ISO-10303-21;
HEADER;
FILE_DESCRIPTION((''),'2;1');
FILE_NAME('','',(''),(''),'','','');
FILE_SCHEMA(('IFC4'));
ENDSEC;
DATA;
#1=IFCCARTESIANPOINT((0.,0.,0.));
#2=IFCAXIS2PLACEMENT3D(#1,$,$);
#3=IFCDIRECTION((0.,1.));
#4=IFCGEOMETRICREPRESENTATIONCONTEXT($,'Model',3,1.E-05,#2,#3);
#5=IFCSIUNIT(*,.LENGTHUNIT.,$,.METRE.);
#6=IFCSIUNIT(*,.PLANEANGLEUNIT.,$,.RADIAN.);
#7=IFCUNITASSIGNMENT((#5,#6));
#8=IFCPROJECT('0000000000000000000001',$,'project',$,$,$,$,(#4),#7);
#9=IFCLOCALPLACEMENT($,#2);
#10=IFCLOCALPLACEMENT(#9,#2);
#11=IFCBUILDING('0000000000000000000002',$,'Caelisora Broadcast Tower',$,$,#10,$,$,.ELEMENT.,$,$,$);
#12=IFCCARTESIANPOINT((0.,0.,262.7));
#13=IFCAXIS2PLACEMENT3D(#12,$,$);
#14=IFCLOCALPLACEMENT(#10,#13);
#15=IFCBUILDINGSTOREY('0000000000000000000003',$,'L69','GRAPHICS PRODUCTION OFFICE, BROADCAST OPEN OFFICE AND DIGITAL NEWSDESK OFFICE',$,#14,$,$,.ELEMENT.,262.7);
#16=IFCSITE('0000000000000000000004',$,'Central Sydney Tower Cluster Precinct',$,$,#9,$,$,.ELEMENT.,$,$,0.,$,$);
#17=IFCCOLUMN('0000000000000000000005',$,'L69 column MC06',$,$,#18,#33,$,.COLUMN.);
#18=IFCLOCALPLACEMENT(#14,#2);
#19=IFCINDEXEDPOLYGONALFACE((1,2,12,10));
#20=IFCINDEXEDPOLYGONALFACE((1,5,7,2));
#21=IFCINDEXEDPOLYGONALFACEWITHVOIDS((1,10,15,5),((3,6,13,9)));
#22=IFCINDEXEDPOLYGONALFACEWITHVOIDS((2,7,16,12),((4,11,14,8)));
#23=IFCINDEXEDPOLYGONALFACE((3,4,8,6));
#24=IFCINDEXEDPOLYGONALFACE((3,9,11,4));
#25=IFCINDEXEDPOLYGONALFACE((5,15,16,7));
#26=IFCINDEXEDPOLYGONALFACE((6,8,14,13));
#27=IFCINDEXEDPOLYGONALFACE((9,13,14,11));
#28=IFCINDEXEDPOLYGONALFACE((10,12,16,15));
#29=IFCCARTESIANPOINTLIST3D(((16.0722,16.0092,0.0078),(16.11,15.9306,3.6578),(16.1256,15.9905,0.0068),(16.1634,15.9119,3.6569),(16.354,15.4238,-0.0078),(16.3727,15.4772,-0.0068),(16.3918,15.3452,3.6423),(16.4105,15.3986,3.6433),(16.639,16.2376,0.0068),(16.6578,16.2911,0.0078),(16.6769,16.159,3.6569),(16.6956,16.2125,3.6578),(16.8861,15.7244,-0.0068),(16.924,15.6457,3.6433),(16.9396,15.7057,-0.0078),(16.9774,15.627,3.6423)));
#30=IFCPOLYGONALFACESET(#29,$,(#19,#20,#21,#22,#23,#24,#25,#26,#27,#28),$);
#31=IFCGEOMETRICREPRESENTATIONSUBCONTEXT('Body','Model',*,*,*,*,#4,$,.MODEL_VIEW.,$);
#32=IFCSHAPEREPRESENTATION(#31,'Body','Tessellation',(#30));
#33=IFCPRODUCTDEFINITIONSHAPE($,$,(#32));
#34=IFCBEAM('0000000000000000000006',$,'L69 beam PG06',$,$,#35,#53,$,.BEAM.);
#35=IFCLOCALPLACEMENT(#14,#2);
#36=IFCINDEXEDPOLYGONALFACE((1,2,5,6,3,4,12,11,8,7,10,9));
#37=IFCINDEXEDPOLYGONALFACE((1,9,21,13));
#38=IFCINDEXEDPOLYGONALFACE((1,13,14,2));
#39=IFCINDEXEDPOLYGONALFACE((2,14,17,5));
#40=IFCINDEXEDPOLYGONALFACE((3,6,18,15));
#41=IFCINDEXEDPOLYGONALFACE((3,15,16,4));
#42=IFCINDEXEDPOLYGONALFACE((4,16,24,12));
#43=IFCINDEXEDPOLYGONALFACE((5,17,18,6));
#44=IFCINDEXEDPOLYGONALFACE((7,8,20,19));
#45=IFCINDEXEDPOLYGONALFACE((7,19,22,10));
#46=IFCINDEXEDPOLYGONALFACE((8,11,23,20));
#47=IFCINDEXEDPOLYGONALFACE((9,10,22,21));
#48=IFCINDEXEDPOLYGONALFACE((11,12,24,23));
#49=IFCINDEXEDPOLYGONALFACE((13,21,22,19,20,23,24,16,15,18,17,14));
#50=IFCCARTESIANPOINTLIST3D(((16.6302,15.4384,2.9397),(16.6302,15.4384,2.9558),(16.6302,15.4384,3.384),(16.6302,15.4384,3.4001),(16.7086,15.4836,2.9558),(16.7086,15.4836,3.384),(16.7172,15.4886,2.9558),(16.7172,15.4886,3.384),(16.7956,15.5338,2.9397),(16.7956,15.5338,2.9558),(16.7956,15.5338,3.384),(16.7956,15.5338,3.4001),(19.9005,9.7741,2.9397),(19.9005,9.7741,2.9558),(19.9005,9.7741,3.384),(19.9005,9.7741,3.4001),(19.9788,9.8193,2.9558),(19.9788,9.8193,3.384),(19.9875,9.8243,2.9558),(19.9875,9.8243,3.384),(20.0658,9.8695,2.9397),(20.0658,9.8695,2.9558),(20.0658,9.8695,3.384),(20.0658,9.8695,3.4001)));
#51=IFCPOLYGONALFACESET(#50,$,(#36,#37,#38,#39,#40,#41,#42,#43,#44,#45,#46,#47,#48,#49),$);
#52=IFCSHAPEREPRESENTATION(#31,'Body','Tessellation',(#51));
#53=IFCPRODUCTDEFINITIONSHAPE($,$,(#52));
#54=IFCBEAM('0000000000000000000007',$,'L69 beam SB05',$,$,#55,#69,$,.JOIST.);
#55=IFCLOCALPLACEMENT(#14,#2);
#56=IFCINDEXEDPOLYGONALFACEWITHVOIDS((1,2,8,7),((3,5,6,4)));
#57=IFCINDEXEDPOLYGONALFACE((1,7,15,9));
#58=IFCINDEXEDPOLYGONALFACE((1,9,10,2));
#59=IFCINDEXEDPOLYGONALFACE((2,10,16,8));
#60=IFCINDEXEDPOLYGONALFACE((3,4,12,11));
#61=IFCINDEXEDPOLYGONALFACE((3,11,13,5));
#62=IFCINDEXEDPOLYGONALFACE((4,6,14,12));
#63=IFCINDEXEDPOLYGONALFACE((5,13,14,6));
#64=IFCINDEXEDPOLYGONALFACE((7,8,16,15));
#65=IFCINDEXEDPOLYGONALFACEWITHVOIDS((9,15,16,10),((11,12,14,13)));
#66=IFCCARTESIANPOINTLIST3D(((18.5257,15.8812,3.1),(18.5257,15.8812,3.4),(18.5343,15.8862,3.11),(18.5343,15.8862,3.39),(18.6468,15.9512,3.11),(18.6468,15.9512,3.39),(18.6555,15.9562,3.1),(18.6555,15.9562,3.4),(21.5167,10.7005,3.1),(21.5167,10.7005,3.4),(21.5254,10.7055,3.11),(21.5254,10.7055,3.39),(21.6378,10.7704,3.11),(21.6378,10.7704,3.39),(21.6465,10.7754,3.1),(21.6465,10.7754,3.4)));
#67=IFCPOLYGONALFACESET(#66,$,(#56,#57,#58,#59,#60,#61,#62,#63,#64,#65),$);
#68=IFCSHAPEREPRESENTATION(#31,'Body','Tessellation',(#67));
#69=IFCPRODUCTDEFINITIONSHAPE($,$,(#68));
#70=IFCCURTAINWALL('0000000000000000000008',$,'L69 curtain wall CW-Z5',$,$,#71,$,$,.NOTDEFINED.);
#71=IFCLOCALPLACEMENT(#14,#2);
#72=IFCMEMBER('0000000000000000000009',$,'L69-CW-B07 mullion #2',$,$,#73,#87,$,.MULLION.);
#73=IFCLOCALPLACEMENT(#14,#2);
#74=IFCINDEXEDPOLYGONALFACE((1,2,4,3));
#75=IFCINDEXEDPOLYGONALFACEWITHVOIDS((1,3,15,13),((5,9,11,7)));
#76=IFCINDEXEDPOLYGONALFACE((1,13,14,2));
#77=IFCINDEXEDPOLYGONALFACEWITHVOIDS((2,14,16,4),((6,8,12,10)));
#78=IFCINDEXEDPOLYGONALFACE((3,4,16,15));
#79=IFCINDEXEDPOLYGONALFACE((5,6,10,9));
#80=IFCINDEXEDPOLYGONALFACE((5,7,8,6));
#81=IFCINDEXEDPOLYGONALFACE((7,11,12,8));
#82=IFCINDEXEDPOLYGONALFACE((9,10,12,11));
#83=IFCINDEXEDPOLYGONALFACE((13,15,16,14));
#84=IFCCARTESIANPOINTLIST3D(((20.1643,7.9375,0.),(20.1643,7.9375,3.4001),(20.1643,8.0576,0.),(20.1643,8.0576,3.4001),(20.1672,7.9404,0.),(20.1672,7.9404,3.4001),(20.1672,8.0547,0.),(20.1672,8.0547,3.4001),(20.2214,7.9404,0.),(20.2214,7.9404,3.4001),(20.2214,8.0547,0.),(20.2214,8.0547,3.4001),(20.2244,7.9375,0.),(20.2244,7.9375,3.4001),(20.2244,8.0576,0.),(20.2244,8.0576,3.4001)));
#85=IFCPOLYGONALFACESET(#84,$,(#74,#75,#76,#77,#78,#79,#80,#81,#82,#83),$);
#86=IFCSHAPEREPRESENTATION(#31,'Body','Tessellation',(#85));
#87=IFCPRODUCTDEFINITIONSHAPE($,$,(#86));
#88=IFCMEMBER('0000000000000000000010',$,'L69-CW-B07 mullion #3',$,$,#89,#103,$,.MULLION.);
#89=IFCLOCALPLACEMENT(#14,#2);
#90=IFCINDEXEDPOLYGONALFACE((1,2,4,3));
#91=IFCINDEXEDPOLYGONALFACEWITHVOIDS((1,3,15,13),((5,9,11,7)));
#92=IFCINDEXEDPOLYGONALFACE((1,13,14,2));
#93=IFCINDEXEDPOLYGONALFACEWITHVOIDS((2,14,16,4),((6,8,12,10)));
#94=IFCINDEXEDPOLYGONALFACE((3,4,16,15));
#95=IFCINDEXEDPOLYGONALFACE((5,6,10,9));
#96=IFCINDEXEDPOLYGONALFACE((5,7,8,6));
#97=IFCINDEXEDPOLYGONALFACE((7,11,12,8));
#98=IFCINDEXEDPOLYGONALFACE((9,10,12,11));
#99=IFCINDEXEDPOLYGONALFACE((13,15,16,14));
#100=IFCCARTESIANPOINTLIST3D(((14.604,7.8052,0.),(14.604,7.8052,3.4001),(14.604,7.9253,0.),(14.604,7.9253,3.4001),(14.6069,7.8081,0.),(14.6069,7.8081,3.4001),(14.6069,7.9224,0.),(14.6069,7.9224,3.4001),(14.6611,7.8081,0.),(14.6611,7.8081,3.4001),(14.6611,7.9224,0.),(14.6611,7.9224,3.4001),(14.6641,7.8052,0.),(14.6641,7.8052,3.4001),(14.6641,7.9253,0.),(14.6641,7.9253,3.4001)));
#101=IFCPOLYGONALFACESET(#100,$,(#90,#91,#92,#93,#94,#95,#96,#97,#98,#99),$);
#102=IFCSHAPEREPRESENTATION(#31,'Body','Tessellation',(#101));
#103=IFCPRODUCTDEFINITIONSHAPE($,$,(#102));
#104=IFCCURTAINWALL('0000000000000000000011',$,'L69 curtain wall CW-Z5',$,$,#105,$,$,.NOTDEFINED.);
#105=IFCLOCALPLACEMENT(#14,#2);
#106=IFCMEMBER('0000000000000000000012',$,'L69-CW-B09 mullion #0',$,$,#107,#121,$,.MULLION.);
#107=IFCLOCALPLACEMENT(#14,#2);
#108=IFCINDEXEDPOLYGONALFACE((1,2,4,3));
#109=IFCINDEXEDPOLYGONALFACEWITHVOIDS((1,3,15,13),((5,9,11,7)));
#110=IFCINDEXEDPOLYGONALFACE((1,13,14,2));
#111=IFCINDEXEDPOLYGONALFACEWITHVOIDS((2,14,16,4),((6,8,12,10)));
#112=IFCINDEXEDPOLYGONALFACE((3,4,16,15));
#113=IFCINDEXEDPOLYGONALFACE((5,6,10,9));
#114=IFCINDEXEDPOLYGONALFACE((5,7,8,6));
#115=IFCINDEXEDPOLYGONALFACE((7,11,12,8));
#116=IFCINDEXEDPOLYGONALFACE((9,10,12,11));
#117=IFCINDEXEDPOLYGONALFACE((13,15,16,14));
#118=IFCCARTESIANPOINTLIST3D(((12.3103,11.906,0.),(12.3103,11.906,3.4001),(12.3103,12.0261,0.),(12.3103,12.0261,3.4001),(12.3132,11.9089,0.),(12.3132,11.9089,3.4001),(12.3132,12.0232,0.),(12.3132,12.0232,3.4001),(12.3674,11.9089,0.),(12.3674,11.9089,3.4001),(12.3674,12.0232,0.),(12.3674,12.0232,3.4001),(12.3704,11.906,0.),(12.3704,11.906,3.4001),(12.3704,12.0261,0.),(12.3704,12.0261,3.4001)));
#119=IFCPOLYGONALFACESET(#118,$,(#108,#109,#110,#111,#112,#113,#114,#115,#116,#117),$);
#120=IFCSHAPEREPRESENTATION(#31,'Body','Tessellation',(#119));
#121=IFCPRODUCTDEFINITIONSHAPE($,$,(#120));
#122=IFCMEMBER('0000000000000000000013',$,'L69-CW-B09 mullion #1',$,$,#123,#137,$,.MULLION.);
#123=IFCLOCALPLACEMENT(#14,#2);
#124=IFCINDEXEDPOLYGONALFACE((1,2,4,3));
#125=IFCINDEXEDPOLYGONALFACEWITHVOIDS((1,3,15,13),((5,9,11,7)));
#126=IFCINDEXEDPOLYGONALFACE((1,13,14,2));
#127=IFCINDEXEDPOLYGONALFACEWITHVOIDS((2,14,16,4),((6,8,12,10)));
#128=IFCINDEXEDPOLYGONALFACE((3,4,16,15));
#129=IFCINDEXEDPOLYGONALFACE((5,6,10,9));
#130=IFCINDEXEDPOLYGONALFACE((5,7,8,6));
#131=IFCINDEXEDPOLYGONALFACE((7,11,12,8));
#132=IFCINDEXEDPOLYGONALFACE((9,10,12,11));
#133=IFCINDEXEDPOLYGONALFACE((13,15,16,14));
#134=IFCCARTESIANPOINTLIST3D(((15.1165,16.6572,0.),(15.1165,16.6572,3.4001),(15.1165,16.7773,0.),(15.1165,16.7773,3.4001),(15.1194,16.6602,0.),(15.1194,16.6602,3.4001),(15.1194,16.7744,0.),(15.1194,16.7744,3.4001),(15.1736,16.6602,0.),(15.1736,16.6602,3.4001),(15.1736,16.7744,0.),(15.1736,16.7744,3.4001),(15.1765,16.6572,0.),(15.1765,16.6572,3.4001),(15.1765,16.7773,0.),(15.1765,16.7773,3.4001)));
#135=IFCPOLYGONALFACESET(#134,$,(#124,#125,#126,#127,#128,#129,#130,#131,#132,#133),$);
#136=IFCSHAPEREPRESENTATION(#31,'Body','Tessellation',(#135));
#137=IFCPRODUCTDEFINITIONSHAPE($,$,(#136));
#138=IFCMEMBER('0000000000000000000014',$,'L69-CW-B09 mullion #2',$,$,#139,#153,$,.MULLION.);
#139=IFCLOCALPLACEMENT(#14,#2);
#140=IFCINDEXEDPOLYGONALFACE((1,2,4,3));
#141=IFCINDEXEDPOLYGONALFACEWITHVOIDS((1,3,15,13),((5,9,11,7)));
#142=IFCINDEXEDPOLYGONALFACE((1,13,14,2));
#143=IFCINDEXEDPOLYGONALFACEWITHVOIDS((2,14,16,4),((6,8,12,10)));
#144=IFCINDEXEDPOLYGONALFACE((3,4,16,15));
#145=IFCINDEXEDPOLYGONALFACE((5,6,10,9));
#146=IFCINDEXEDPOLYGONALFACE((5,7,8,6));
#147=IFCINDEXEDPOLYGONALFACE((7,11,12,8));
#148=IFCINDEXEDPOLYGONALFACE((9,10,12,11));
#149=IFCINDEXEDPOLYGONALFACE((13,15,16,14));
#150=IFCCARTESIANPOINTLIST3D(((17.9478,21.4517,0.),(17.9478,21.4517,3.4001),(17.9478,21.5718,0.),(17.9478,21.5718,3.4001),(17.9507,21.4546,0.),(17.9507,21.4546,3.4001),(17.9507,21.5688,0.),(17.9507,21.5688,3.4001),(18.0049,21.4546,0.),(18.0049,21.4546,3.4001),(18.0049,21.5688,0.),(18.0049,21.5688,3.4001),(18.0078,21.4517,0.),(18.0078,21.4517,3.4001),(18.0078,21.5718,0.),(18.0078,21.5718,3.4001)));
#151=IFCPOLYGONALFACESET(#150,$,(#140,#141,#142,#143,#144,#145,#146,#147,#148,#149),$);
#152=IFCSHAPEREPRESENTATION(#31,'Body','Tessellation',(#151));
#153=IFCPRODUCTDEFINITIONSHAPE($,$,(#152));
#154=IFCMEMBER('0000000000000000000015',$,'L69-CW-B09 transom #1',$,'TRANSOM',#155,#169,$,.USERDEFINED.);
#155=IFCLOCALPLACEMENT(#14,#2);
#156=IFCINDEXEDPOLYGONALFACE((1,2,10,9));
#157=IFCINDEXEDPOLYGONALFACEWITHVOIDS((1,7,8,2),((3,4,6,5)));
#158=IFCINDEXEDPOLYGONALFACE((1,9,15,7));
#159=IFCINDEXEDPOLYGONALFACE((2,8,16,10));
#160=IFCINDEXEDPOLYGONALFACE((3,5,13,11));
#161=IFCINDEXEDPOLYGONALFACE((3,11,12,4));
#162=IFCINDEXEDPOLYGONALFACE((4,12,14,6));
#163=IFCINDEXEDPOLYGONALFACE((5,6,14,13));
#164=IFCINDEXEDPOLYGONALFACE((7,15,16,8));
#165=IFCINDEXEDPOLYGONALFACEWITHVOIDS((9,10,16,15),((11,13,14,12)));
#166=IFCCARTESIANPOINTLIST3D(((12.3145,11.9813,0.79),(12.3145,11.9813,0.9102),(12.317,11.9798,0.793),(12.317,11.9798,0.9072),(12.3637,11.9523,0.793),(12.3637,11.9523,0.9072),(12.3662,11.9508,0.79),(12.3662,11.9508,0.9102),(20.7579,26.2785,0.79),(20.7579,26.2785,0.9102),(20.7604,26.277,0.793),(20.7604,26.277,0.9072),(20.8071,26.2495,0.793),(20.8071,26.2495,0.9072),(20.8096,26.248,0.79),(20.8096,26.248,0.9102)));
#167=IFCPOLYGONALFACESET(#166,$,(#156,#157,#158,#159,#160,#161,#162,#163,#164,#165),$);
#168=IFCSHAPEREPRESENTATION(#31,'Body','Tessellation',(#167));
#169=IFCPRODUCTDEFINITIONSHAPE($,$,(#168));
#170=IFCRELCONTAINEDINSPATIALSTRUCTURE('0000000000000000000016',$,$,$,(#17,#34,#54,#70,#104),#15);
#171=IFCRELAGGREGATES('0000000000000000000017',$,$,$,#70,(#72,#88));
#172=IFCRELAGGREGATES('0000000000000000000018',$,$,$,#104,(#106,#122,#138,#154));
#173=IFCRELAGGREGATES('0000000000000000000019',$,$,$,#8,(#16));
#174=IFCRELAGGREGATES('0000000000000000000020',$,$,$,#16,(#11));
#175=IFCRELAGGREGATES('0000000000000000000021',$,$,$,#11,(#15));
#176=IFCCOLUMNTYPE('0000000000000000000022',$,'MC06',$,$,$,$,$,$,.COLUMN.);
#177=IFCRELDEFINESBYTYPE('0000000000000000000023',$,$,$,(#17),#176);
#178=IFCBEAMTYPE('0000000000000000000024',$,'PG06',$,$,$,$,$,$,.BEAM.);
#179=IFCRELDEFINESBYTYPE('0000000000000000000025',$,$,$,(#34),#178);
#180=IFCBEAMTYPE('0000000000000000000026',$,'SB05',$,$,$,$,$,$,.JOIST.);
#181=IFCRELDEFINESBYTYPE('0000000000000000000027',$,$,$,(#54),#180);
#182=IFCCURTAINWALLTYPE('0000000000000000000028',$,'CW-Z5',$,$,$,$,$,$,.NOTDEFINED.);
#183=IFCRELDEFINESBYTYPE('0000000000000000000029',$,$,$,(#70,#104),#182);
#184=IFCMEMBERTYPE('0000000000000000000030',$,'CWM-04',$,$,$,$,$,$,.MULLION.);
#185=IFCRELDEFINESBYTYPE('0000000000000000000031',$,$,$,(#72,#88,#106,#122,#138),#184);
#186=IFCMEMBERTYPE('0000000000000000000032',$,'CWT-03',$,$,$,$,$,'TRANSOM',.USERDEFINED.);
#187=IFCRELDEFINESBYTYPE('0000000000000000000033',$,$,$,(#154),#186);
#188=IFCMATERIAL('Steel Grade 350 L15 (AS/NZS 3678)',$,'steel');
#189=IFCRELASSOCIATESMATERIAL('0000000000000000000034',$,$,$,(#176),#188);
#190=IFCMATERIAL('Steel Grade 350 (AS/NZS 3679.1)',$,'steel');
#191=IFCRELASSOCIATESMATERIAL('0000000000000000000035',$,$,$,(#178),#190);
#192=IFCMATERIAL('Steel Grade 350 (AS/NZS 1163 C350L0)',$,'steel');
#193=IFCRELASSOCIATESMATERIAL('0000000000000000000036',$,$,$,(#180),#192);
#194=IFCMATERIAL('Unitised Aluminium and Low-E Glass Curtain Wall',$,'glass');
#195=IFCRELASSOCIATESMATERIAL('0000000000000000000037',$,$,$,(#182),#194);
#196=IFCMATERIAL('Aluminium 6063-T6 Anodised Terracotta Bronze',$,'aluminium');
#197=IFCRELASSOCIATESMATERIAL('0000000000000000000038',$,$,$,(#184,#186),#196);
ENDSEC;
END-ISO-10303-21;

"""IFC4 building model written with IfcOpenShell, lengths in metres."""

from ifc_helpers import new_model, si_unit, direction, frame, origin, origin_2d, place, context, subcontext, project, spatial, hollow_rectangle, i_section, extrude, source, transform, mapped, material, material_profile, profile_set, type_object, type_shapes, element, aggregate, save


model = new_model("IFC4")

# Units and contexts
model_context = context("Model", 3, precision=1e-05, world=origin(), true_north=direction((0.0, 1.0)))
body_context = subcontext(model_context, "Body", "Model", "MODEL_VIEW")
ifc_project = project(units=[si_unit("LENGTHUNIT", "METRE"), si_unit("PLANEANGLEUNIT", "RADIAN")], contexts=[model_context])

# Site, building, storey
site_placement = place(None, origin())
site = spatial("IfcSite", under=ifc_project, at=site_placement, Name="Central Sydney Tower Cluster Precinct", CompositionType="ELEMENT", RefElevation=0.0)
building_placement = place(site_placement, origin())
building = spatial("IfcBuilding", under=site, at=building_placement, Name="Caelisora Broadcast Tower", CompositionType="ELEMENT")
storey_placement = place(building_placement, frame((0.0, 0.0, 262.7)))
storey = spatial("IfcBuildingStorey", under=building, at=storey_placement, Name="L69", Description="GRAPHICS PRODUCTION OFFICE, BROADCAST OPEN OFFICE AND DIGITAL NEWSDESK OFFICE", CompositionType="ELEMENT", Elevation=262.7)

# Column
ifc_material_1 = material(Name="Steel Grade 350 L15 (AS/NZS 3678)", Category="steel")
ifc_material_profile_1 = material_profile(ifc_material_1, hollow_rectangle(XDim=0.6499, YDim=0.6499, WallThickness=0.04, at=origin_2d()), Name="Steel Grade 350 L15 (AS/NZS 3678)")
ifc_profile_set_1 = profile_set([ifc_material_profile_1], Name="Steel Grade 350 L15 (AS/NZS 3678)")
column_type = type_object("IfcColumnType", Name="MC06", PredefinedType="COLUMN", material=ifc_profile_set_1)
shared_shape_1 = source(origin(), body_context, "Body", "SweptSolid", [
    extrude(hollow_rectangle(XDim=0.6499, YDim=0.6499, WallThickness=0.04, at=origin_2d()), origin(), (0.0, 0.0, 1.0), 3.6511),
])
type_shapes(column_type, [shared_shape_1])
column_placement = place(storey_placement, frame((16.5059, 15.8574, 0.0), z_axis=(0.010364, -0.021531, 0.999714), x_axis=(0.901042, 0.433731, 0.0)))
element("IfcColumn", 1, at=column_placement, inside=storey, type_object=column_type, Name="L69 column MC06", PredefinedType="COLUMN", context=body_context, shape_type="MappedRepresentation", body=[
    mapped(shared_shape_1, transform((0.0, 0.0, 0.0), scale=1.0)),
])

# Beams
ifc_material_2 = material(Name="Steel Grade 350 (AS/NZS 3679.1)", Category="steel")
ifc_material_profile_2 = material_profile(ifc_material_2, i_section(OverallWidth=0.1909, OverallDepth=0.4604, WebThickness=0.01, FlangeThickness=0.0161, at=origin_2d()), Name="Steel Grade 350 (AS/NZS 3679.1)")
ifc_profile_set_2 = profile_set([ifc_material_profile_2], Name="Steel Grade 350 (AS/NZS 3679.1)")
beam_type_1 = type_object("IfcBeamType", Name="PG06", PredefinedType="BEAM", material=ifc_profile_set_2)
shared_shape_2 = source(origin(), body_context, "Body", "SweptSolid", [
    extrude(i_section(OverallWidth=0.1909, OverallDepth=0.4604, WebThickness=0.01, FlangeThickness=0.0161, at=origin_2d()), origin(), (0.0, 0.0, 1.0), 6.5405),
])
type_shapes(beam_type_1, [shared_shape_2])
beam_1_placement = place(storey_placement, frame((16.7129, 15.4861, 3.1699), z_axis=(0.499997, -0.866027, 0.0), x_axis=(0.866027, 0.499997, 0.0)))
element("IfcBeam", 2, at=beam_1_placement, inside=storey, type_object=beam_type_1, Name="L69 beam PG06", PredefinedType="BEAM", context=body_context, shape_type="MappedRepresentation", body=[
    mapped(shared_shape_2, transform((0.0, 0.0, 0.0), scale=1.0)),
])
ifc_material_3 = material(Name="Steel Grade 350 (AS/NZS 1163 C350L0)", Category="steel")
ifc_material_profile_3 = material_profile(ifc_material_3, hollow_rectangle(XDim=0.1499, YDim=0.3, WallThickness=0.01, at=origin_2d()), Name="Steel Grade 350 (AS/NZS 1163 C350L0)")
ifc_profile_set_3 = profile_set([ifc_material_profile_3], Name="Steel Grade 350 (AS/NZS 1163 C350L0)")
beam_type_2 = type_object("IfcBeamType", Name="SB05", PredefinedType="JOIST", material=ifc_profile_set_3)
shared_shape_3 = source(origin(), body_context, "Body", "SweptSolid", [
    extrude(hollow_rectangle(XDim=0.1499, YDim=0.3, WallThickness=0.01, at=origin_2d()), origin(), (0.0, 0.0, 1.0), 5.9822),
])
type_shapes(beam_type_2, [shared_shape_3])
beam_2_placement = place(storey_placement, frame((18.5906, 15.9187, 3.25), z_axis=(0.499989, -0.866032, 0.0), x_axis=(0.866032, 0.499989, 0.0)))
element("IfcBeam", 3, at=beam_2_placement, inside=storey, type_object=beam_type_2, Name="L69 beam SB05", PredefinedType="JOIST", context=body_context, shape_type="MappedRepresentation", body=[
    mapped(shared_shape_3, transform((0.0, 0.0, 0.0), scale=1.0)),
])

# Curtain walls, members
ifc_material_4 = material(Name="Unitised Aluminium and Low-E Glass Curtain Wall", Category="glass")
curtain_wall_type = type_object("IfcCurtainWallType", Name="CW-Z5", PredefinedType="NOTDEFINED", material=ifc_material_4)
curtain_wall_1_placement = place(storey_placement, origin())
curtain_wall_1 = element("IfcCurtainWall", 4, at=curtain_wall_1_placement, inside=storey, type_object=curtain_wall_type, Name="L69 curtain wall CW-Z5", PredefinedType="NOTDEFINED")
ifc_material_5 = material(Name="Aluminium 6063-T6 Anodised Terracotta Bronze", Category="aluminium")
ifc_material_profile_4 = material_profile(ifc_material_5, hollow_rectangle(XDim=0.0601, YDim=0.1201, WallThickness=0.0029, at=origin_2d()), Name="Aluminium 6063-T6 Anodised Terracotta Bronze")
ifc_profile_set_4 = profile_set([ifc_material_profile_4], Name="Aluminium 6063-T6 Anodised Terracotta Bronze")
member_type_1 = type_object("IfcMemberType", Name="CWM-04", PredefinedType="MULLION", material=ifc_profile_set_4)
shared_shape_4 = source(origin(), body_context, "Body", "SweptSolid", [
    extrude(hollow_rectangle(XDim=0.0601, YDim=0.1201, WallThickness=0.0029, at=origin_2d()), origin(), (0.0, 0.0, 1.0), 3.4001),
])
type_shapes(member_type_1, [shared_shape_4])
member_1_placement = place(storey_placement, frame((20.1943, 7.9976, 0.0), z_axis=(0.0, 0.0, 1.0), x_axis=(1.0, 0.0, 0.0)))
member_1 = element("IfcMember", 5, at=member_1_placement, type_object=member_type_1, Name="L69-CW-B07 mullion #2", PredefinedType="MULLION", context=body_context, shape_type="MappedRepresentation", body=[
    mapped(shared_shape_4, transform((0.0, 0.0, 0.0), scale=1.0)),
])
member_2_placement = place(storey_placement, frame((14.634, 7.8652, 0.0), z_axis=(0.0, 0.0, 1.0), x_axis=(1.0, 0.0, 0.0)))
member_2 = element("IfcMember", 6, at=member_2_placement, type_object=member_type_1, Name="L69-CW-B07 mullion #3", PredefinedType="MULLION", context=body_context, shape_type="MappedRepresentation", body=[
    mapped(shared_shape_4, transform((0.0, 0.0, 0.0), scale=1.0)),
])
curtain_wall_2_placement = place(storey_placement, origin())
curtain_wall_2 = element("IfcCurtainWall", 7, at=curtain_wall_2_placement, inside=storey, type_object=curtain_wall_type, Name="L69 curtain wall CW-Z5", PredefinedType="NOTDEFINED")
member_3_placement = place(storey_placement, frame((12.3403, 11.9661, 0.0), z_axis=(0.0, 0.0, 1.0), x_axis=(1.0, 0.0, 0.0)))
member_3 = element("IfcMember", 8, at=member_3_placement, type_object=member_type_1, Name="L69-CW-B09 mullion #0", PredefinedType="MULLION", context=body_context, shape_type="MappedRepresentation", body=[
    mapped(shared_shape_4, transform((0.0, 0.0, 0.0), scale=1.0)),
])
member_4_placement = place(storey_placement, frame((15.1465, 16.7173, 0.0), z_axis=(0.0, 0.0, 1.0), x_axis=(1.0, 0.0, 0.0)))
member_4 = element("IfcMember", 9, at=member_4_placement, type_object=member_type_1, Name="L69-CW-B09 mullion #1", PredefinedType="MULLION", context=body_context, shape_type="MappedRepresentation", body=[
    mapped(shared_shape_4, transform((0.0, 0.0, 0.0), scale=1.0)),
])
member_5_placement = place(storey_placement, frame((17.9778, 21.5117, 0.0), z_axis=(0.0, 0.0, 1.0), x_axis=(1.0, 0.0, 0.0)))
member_5 = element("IfcMember", 10, at=member_5_placement, type_object=member_type_1, Name="L69-CW-B09 mullion #2", PredefinedType="MULLION", context=body_context, shape_type="MappedRepresentation", body=[
    mapped(shared_shape_4, transform((0.0, 0.0, 0.0), scale=1.0)),
])
ifc_material_profile_5 = material_profile(ifc_material_5, hollow_rectangle(XDim=0.0601, YDim=0.1201, WallThickness=0.0029, at=origin_2d()), Name="Aluminium 6063-T6 Anodised Terracotta Bronze")
ifc_profile_set_5 = profile_set([ifc_material_profile_5], Name="Aluminium 6063-T6 Anodised Terracotta Bronze")
member_type_2 = type_object("IfcMemberType", Name="CWT-03", ElementType="TRANSOM", PredefinedType="USERDEFINED", material=ifc_profile_set_5)
shared_shape_5 = source(origin(), body_context, "Body", "SweptSolid", [
    extrude(hollow_rectangle(XDim=0.0601, YDim=0.1201, WallThickness=0.0029, at=origin_2d()), origin(), (0.0, 0.0, 1.0), 16.6042),
])
type_shapes(member_type_2, [shared_shape_5])
member_6_placement = place(storey_placement, frame((12.3403, 11.9661, 0.8501), z_axis=(0.508509, 0.861057, 0.0), x_axis=(-0.861057, 0.508509, 0.0)))
member_6 = element("IfcMember", 11, at=member_6_placement, type_object=member_type_2, Name="L69-CW-B09 transom #1", ObjectType="TRANSOM", PredefinedType="USERDEFINED", context=body_context, shape_type="MappedRepresentation", body=[
    mapped(shared_shape_5, transform((0.0, 0.0, 0.0), scale=1.0)),
])

aggregate(curtain_wall_1, [member_1, member_2])
aggregate(curtain_wall_2, [member_3, member_4, member_5, member_6])

save(model, "model.ifc")
